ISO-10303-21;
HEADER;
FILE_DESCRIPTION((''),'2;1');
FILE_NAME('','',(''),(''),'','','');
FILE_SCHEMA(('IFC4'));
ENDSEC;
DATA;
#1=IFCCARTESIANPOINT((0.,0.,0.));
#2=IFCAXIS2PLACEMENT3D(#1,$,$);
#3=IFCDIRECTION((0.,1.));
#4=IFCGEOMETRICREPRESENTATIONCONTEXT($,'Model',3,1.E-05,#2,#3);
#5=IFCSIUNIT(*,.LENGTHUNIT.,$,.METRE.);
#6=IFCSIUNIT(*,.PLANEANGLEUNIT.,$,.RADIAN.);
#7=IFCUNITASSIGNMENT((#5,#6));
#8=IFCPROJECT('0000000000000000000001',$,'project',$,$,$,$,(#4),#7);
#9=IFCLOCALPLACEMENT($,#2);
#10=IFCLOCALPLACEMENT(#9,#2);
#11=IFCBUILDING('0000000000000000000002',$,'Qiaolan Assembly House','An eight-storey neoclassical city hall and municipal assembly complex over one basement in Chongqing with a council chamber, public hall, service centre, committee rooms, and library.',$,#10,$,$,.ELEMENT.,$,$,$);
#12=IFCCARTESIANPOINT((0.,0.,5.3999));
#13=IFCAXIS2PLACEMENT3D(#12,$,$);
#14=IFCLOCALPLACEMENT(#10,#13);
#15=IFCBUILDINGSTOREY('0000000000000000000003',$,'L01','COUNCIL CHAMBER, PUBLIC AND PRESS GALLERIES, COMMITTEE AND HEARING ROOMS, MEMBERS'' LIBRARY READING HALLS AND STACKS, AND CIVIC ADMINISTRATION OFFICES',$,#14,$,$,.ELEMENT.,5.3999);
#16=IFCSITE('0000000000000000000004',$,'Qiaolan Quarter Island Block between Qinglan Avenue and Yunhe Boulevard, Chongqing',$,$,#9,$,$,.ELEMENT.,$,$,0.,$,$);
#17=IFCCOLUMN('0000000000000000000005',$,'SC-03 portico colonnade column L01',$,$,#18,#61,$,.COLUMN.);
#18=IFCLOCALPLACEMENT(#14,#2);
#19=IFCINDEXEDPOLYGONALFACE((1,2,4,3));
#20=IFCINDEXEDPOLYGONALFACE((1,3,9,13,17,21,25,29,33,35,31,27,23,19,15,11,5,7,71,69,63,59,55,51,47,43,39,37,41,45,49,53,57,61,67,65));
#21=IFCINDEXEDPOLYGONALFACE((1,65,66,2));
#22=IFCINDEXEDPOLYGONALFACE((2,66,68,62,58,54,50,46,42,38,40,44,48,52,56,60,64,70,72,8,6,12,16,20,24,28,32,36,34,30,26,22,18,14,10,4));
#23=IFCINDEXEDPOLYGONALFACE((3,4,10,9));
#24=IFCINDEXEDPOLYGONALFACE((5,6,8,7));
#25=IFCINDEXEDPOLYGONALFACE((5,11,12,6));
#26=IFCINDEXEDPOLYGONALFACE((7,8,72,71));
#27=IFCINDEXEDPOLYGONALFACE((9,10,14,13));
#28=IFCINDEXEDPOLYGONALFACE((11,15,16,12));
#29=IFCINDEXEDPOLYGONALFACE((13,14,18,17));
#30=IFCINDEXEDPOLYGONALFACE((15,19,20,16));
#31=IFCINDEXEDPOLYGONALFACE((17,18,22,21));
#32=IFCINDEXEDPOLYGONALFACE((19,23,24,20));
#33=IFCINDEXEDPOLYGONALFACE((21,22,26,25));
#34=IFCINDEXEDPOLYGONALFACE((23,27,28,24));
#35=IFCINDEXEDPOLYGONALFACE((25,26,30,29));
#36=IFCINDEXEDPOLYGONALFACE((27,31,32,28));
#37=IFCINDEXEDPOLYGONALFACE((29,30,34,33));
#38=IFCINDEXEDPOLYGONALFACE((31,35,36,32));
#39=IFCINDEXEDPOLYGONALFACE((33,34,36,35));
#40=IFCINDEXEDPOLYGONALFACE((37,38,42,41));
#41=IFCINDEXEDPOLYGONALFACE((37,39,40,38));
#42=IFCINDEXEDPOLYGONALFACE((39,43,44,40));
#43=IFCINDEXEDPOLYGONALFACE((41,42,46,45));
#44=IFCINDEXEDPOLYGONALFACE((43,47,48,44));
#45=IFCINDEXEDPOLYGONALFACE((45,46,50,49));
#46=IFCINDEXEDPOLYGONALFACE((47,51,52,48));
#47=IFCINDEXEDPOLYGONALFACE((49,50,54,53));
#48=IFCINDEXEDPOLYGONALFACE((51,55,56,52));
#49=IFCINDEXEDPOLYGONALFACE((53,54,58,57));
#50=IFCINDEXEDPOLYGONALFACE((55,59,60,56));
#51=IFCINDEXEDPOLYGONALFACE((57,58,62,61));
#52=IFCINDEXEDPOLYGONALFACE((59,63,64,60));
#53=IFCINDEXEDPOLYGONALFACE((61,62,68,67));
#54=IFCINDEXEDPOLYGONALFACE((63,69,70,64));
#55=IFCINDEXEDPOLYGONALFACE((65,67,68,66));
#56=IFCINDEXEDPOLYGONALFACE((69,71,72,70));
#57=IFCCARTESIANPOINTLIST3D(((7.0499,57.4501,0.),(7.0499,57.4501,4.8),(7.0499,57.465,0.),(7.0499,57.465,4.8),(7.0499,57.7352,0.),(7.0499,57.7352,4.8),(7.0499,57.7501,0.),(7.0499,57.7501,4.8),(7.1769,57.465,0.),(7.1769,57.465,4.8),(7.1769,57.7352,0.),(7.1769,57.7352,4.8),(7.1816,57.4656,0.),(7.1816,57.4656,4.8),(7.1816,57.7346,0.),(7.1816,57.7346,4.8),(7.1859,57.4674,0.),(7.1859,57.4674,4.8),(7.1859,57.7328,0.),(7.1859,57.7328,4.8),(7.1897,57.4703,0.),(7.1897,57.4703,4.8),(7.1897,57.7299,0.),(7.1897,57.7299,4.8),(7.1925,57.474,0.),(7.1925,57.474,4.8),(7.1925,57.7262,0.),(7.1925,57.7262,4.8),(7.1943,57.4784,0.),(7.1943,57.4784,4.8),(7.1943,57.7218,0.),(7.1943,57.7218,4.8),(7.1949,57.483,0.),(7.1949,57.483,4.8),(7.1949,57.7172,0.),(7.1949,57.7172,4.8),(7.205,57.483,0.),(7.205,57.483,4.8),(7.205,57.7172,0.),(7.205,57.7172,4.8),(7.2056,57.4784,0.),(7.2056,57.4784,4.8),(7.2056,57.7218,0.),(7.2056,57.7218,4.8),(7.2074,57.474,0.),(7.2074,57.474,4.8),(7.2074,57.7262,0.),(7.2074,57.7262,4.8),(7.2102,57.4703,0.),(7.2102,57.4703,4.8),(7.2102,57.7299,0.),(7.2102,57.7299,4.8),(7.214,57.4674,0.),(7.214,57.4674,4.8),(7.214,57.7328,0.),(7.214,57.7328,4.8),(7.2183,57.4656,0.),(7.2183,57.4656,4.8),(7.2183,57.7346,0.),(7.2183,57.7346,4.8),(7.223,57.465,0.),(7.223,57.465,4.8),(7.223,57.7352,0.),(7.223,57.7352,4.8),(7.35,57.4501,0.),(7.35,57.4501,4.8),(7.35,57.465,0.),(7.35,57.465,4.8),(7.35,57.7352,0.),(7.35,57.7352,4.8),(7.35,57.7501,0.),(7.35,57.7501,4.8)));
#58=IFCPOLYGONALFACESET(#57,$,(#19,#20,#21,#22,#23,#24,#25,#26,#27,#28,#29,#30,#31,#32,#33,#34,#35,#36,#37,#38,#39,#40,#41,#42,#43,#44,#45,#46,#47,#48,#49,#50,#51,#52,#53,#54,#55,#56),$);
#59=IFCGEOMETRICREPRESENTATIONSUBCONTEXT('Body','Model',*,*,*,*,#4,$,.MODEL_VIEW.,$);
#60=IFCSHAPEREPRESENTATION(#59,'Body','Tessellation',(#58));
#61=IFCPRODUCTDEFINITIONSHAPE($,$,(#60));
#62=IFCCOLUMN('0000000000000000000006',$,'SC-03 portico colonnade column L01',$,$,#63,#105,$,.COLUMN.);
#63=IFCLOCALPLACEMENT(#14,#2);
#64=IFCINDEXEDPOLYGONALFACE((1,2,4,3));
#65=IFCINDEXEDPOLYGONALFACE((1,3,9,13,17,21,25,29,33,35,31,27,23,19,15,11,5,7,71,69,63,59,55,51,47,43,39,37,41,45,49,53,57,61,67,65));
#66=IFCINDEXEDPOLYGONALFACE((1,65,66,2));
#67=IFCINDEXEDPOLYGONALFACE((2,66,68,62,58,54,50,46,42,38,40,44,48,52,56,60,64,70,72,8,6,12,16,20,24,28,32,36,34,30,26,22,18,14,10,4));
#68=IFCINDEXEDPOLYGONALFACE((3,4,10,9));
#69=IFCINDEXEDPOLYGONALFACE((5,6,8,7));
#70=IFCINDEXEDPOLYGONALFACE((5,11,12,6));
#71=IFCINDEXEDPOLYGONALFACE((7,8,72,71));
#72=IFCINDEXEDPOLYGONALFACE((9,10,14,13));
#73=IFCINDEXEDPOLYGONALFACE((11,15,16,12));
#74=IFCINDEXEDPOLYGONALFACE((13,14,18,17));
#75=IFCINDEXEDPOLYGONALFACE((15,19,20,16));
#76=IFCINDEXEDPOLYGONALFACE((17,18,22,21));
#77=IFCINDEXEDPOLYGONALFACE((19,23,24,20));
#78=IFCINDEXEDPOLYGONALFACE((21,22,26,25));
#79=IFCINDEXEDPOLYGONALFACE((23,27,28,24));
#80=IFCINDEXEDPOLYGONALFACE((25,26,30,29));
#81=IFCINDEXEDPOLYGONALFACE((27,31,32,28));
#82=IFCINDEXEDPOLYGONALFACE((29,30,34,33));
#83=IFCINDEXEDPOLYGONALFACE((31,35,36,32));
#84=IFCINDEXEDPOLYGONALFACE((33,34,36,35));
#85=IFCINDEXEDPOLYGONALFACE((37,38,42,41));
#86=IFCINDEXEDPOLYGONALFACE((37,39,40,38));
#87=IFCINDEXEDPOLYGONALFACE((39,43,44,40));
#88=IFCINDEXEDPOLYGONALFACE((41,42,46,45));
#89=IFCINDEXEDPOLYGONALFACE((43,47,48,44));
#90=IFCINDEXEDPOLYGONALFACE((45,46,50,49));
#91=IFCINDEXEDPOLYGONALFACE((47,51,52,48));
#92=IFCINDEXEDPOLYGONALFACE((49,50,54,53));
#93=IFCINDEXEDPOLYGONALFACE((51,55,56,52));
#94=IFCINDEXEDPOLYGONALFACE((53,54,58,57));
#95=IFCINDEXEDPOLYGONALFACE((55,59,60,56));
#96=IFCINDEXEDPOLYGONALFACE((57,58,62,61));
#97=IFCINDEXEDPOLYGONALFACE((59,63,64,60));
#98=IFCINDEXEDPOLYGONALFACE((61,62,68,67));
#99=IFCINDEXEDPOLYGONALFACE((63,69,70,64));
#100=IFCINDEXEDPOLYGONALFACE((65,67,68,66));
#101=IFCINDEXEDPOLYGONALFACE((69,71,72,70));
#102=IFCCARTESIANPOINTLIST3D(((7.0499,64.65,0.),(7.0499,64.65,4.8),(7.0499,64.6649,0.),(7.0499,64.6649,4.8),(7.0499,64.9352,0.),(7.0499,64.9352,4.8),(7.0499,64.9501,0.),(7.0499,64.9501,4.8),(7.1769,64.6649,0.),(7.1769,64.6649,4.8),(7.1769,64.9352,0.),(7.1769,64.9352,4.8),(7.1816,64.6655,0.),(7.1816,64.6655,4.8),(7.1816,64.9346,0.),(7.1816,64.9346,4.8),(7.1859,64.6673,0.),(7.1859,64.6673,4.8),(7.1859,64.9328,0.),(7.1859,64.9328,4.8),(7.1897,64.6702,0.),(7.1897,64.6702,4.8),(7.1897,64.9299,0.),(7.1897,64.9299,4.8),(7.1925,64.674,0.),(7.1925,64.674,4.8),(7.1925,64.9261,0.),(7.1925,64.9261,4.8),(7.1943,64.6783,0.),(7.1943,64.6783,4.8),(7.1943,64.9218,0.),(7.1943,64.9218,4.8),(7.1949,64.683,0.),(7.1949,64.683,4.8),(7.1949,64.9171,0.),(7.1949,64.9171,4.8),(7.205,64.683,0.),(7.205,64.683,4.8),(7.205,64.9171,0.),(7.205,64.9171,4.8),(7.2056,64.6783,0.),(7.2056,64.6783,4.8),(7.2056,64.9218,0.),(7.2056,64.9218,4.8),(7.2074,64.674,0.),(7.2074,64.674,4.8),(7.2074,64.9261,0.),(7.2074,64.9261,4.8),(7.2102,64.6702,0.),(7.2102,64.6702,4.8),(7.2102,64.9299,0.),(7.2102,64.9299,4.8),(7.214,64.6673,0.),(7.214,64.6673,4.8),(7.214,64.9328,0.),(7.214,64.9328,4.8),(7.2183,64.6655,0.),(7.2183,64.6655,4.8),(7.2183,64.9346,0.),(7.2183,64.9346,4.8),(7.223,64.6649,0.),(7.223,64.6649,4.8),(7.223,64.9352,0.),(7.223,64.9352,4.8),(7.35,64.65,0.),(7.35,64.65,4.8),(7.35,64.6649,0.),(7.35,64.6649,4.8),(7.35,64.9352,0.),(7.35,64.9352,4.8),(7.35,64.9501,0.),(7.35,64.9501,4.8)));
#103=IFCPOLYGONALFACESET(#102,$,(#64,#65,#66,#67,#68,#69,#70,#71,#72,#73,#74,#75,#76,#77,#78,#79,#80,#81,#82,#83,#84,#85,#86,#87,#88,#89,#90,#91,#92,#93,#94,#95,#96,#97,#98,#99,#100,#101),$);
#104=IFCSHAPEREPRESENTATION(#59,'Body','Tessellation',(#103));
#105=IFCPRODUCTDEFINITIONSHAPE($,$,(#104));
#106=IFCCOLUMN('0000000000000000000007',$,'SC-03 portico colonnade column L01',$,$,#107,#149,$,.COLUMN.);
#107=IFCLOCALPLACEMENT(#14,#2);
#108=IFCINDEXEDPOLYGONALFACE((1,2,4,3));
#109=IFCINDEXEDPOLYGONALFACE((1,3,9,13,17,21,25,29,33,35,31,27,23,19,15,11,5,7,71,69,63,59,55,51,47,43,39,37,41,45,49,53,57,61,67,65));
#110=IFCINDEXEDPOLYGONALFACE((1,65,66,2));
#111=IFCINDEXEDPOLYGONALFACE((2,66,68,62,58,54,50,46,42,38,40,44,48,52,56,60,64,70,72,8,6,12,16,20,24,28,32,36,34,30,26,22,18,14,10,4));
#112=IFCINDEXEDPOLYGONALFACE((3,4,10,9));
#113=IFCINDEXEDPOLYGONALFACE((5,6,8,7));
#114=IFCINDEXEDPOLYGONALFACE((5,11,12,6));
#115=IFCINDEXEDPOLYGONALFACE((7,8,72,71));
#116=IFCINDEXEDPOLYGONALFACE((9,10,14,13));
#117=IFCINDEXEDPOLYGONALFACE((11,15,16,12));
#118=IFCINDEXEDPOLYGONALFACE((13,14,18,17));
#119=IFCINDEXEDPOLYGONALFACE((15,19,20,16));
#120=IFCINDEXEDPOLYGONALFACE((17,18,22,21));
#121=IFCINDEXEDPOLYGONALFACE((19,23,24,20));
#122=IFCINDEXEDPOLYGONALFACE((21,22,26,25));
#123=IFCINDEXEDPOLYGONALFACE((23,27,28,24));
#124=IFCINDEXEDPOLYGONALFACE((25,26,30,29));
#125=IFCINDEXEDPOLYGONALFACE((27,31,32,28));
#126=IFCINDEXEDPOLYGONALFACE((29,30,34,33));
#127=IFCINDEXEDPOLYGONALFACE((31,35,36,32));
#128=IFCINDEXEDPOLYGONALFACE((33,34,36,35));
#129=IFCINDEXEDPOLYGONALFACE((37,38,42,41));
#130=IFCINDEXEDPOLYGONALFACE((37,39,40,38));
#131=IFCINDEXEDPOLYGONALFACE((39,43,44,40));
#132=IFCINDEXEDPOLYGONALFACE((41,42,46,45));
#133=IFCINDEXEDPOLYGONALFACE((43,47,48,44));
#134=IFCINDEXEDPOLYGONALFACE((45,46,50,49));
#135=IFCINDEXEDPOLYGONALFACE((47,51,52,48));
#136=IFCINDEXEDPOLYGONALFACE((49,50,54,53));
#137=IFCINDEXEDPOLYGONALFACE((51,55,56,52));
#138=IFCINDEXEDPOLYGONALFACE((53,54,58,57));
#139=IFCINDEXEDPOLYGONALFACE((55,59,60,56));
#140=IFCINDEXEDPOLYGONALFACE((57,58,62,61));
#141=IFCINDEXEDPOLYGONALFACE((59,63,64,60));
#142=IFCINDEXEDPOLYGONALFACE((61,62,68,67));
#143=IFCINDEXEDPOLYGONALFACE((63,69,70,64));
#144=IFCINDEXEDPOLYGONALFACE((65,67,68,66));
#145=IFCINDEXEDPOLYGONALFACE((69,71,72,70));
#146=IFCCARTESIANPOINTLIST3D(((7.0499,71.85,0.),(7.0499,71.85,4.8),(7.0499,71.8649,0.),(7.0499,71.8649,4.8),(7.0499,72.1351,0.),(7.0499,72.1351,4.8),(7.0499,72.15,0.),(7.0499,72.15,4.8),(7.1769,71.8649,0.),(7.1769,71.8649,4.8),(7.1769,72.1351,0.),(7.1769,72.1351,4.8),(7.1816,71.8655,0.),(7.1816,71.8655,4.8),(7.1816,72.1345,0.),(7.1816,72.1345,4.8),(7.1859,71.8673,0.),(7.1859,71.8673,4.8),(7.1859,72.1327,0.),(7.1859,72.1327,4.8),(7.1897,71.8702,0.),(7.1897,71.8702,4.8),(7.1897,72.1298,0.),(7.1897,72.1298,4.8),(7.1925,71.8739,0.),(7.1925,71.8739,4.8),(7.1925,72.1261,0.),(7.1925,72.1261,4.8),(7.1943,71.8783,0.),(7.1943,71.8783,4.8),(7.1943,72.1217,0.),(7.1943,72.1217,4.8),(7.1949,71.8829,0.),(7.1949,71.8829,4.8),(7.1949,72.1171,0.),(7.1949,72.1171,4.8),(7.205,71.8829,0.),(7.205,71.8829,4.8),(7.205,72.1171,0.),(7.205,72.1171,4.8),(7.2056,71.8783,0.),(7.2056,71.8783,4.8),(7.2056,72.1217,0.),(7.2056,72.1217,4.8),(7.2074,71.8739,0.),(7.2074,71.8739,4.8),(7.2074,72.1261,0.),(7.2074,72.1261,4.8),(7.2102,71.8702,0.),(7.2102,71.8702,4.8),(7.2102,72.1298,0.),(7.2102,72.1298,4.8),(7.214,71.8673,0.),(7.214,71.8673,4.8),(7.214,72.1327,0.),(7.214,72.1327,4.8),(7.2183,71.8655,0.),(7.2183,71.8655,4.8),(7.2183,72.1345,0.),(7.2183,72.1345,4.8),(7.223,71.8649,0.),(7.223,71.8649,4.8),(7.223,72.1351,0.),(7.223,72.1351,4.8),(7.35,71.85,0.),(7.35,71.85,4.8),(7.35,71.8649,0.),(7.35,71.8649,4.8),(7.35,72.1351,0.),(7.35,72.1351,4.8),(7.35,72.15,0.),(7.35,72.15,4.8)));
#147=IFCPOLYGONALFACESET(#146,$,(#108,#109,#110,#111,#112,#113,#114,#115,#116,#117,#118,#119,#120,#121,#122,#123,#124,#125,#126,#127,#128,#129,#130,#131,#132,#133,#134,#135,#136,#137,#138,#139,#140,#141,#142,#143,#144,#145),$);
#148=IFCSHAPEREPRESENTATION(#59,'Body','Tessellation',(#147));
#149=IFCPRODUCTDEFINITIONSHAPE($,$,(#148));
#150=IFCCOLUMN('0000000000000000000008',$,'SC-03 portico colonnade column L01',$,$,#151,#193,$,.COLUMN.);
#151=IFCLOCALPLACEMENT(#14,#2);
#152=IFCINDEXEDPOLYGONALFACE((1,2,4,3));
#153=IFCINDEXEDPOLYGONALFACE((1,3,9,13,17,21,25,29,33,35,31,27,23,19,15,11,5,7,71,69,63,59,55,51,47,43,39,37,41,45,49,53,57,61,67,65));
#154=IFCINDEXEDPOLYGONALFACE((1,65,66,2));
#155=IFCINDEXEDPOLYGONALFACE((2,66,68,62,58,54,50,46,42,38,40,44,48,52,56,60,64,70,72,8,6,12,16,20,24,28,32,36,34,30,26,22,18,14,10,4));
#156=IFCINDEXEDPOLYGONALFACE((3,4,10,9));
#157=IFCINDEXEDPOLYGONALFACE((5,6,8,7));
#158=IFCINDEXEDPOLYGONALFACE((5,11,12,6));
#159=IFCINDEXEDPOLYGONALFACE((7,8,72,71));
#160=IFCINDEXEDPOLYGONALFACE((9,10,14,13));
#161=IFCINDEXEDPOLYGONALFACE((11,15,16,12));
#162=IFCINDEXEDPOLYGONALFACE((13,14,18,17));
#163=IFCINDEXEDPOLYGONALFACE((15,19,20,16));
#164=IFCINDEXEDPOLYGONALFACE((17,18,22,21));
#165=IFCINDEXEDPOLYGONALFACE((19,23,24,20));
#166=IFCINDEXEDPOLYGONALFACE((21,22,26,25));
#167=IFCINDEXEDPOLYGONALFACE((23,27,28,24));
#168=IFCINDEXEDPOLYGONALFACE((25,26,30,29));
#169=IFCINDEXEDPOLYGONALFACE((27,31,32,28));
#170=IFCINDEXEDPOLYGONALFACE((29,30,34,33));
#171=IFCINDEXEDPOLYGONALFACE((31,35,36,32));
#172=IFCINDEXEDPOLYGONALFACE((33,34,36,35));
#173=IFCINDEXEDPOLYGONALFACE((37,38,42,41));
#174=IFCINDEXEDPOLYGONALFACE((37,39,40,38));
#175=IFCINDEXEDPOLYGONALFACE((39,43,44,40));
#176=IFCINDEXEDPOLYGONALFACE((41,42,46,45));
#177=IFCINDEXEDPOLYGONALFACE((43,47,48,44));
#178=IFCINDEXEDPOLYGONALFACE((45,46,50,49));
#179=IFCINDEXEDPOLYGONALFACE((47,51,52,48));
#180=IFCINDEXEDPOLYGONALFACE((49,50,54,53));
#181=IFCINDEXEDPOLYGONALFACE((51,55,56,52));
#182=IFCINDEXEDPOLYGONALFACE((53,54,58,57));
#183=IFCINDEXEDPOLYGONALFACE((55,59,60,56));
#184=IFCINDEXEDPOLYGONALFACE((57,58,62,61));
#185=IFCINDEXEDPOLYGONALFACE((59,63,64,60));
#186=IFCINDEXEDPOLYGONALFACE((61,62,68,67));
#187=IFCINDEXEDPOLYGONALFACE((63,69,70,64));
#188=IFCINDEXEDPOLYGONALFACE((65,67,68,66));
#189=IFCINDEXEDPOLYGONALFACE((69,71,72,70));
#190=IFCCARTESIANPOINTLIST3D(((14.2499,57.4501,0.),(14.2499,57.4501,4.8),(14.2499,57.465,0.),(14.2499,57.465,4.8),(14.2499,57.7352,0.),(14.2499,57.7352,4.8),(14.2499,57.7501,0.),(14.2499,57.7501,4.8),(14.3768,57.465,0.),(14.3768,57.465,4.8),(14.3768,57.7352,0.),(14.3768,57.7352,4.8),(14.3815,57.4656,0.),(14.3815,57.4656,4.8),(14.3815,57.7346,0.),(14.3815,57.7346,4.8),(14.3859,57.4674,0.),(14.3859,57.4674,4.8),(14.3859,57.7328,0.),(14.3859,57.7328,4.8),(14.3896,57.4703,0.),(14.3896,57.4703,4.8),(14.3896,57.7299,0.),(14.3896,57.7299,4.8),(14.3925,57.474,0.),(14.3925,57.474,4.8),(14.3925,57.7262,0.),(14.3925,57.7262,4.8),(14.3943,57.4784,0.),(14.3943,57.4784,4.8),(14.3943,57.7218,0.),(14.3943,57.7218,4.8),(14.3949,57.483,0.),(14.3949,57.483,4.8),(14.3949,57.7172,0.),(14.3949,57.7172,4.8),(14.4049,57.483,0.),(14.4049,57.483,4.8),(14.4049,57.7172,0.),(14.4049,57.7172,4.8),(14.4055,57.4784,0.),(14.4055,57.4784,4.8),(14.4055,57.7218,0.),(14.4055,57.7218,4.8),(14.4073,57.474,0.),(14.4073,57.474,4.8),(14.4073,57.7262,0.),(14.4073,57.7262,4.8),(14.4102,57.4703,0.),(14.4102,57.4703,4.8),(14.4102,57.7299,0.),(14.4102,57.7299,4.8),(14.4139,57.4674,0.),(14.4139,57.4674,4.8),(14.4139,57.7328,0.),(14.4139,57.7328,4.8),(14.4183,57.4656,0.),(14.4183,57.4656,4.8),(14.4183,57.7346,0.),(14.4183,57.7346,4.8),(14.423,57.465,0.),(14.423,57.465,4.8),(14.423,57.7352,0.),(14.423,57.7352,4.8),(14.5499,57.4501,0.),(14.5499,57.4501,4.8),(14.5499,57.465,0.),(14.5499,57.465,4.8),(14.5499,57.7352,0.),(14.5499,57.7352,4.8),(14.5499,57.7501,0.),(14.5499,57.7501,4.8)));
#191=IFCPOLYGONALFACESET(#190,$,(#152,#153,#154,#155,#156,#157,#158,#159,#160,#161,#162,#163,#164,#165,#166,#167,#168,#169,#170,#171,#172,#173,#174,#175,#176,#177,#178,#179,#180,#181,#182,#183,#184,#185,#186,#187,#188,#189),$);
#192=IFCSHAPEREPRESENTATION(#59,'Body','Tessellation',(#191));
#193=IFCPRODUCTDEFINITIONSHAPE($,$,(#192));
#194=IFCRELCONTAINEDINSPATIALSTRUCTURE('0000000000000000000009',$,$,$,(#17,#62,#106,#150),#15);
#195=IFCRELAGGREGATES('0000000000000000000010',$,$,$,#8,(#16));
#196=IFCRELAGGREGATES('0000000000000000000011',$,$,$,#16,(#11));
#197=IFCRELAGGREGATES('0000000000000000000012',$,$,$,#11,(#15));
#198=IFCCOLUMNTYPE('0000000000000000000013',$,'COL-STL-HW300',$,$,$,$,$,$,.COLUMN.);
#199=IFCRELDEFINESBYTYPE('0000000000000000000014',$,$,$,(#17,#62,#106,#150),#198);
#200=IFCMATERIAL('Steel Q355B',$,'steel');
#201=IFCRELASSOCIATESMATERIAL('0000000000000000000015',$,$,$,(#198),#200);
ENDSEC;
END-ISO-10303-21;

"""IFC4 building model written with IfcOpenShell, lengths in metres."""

from ifc_helpers import new_model, si_unit, direction, frame, origin, origin_2d, place, context, subcontext, project, spatial, i_section, extrude, material, material_profile, profile_set, type_object, element, save


model = new_model("IFC4")

# Units and contexts
model_context = context("Model", 3, precision=1e-05, world=origin(), true_north=direction((0.0, 1.0)))
body_context = subcontext(model_context, "Body", "Model", "MODEL_VIEW")
ifc_project = project(units=[si_unit("LENGTHUNIT", "METRE"), si_unit("PLANEANGLEUNIT", "RADIAN")], contexts=[model_context])

# Site, building, storey
site_placement = place(None, origin())
site = spatial("IfcSite", under=ifc_project, at=site_placement, Name="Qiaolan Quarter Island Block between Qinglan Avenue and Yunhe Boulevard, Chongqing", CompositionType="ELEMENT", RefElevation=0.0)
building_placement = place(site_placement, origin())
building = spatial("IfcBuilding", under=site, at=building_placement, Name="Qiaolan Assembly House", Description="An eight-storey neoclassical city hall and municipal assembly complex over one basement in Chongqing with a council chamber, public hall, service centre, committee rooms, and library.", CompositionType="ELEMENT")
storey_placement = place(building_placement, frame((0.0, 0.0, 5.3999)))
storey = spatial("IfcBuildingStorey", under=building, at=storey_placement, Name="L01", Description="COUNCIL CHAMBER, PUBLIC AND PRESS GALLERIES, COMMITTEE AND HEARING ROOMS, MEMBERS' LIBRARY READING HALLS AND STACKS, AND CIVIC ADMINISTRATION OFFICES", CompositionType="ELEMENT", Elevation=5.3999)

# Columns
ifc_material_1 = material(Name="Steel Q355B", Category="steel")
ifc_material_profile_1 = material_profile(ifc_material_1, i_section(OverallWidth=0.3, OverallDepth=0.3, WebThickness=0.01, FlangeThickness=0.0149, FilletRadius=0.0181, at=origin_2d()), Name="HW 300x300x10x15")
ifc_profile_set_1 = profile_set([ifc_material_profile_1], Name="Steel Q355B")
column_type_1 = type_object("IfcColumnType", Name="COL-STL-HW300", PredefinedType="COLUMN", material=ifc_profile_set_1)
for number, where, z_axis, x_axis, name in (
    (1, (7.2, 57.6001, 0.0), (0.0, 0.0, 1.0), (1.0, 0.0, 0.0), "SC-03 portico colonnade column L01"),
    (2, (7.2, 64.8, 0.0), (0.0, 0.0, 1.0), (1.0, 0.0, 0.0), "SC-03 portico colonnade column L01"),
    (3, (7.2, 72.0, 0.0), (0.0, 0.0, 1.0), (1.0, 0.0, 0.0), "SC-03 portico colonnade column L01"),
    (4, (14.3999, 57.6001, 0.0), (0.0, 0.0, 1.0), (1.0, 0.0, 0.0), "SC-03 portico colonnade column L01"),
):
    element("IfcColumn", number, at=place(storey_placement, frame(where, z_axis=z_axis, x_axis=x_axis)), inside=storey, type_object=column_type_1, Name=name, PredefinedType="COLUMN", context=body_context, shape_type="SweptSolid", body=[
        extrude(i_section(OverallWidth=0.3, OverallDepth=0.3, WebThickness=0.01, FlangeThickness=0.0149, FilletRadius=0.0181, at=origin_2d()), origin(), (0.0, 0.0, 1.0), 4.8),
    ])

save(model, "model.ifc")
